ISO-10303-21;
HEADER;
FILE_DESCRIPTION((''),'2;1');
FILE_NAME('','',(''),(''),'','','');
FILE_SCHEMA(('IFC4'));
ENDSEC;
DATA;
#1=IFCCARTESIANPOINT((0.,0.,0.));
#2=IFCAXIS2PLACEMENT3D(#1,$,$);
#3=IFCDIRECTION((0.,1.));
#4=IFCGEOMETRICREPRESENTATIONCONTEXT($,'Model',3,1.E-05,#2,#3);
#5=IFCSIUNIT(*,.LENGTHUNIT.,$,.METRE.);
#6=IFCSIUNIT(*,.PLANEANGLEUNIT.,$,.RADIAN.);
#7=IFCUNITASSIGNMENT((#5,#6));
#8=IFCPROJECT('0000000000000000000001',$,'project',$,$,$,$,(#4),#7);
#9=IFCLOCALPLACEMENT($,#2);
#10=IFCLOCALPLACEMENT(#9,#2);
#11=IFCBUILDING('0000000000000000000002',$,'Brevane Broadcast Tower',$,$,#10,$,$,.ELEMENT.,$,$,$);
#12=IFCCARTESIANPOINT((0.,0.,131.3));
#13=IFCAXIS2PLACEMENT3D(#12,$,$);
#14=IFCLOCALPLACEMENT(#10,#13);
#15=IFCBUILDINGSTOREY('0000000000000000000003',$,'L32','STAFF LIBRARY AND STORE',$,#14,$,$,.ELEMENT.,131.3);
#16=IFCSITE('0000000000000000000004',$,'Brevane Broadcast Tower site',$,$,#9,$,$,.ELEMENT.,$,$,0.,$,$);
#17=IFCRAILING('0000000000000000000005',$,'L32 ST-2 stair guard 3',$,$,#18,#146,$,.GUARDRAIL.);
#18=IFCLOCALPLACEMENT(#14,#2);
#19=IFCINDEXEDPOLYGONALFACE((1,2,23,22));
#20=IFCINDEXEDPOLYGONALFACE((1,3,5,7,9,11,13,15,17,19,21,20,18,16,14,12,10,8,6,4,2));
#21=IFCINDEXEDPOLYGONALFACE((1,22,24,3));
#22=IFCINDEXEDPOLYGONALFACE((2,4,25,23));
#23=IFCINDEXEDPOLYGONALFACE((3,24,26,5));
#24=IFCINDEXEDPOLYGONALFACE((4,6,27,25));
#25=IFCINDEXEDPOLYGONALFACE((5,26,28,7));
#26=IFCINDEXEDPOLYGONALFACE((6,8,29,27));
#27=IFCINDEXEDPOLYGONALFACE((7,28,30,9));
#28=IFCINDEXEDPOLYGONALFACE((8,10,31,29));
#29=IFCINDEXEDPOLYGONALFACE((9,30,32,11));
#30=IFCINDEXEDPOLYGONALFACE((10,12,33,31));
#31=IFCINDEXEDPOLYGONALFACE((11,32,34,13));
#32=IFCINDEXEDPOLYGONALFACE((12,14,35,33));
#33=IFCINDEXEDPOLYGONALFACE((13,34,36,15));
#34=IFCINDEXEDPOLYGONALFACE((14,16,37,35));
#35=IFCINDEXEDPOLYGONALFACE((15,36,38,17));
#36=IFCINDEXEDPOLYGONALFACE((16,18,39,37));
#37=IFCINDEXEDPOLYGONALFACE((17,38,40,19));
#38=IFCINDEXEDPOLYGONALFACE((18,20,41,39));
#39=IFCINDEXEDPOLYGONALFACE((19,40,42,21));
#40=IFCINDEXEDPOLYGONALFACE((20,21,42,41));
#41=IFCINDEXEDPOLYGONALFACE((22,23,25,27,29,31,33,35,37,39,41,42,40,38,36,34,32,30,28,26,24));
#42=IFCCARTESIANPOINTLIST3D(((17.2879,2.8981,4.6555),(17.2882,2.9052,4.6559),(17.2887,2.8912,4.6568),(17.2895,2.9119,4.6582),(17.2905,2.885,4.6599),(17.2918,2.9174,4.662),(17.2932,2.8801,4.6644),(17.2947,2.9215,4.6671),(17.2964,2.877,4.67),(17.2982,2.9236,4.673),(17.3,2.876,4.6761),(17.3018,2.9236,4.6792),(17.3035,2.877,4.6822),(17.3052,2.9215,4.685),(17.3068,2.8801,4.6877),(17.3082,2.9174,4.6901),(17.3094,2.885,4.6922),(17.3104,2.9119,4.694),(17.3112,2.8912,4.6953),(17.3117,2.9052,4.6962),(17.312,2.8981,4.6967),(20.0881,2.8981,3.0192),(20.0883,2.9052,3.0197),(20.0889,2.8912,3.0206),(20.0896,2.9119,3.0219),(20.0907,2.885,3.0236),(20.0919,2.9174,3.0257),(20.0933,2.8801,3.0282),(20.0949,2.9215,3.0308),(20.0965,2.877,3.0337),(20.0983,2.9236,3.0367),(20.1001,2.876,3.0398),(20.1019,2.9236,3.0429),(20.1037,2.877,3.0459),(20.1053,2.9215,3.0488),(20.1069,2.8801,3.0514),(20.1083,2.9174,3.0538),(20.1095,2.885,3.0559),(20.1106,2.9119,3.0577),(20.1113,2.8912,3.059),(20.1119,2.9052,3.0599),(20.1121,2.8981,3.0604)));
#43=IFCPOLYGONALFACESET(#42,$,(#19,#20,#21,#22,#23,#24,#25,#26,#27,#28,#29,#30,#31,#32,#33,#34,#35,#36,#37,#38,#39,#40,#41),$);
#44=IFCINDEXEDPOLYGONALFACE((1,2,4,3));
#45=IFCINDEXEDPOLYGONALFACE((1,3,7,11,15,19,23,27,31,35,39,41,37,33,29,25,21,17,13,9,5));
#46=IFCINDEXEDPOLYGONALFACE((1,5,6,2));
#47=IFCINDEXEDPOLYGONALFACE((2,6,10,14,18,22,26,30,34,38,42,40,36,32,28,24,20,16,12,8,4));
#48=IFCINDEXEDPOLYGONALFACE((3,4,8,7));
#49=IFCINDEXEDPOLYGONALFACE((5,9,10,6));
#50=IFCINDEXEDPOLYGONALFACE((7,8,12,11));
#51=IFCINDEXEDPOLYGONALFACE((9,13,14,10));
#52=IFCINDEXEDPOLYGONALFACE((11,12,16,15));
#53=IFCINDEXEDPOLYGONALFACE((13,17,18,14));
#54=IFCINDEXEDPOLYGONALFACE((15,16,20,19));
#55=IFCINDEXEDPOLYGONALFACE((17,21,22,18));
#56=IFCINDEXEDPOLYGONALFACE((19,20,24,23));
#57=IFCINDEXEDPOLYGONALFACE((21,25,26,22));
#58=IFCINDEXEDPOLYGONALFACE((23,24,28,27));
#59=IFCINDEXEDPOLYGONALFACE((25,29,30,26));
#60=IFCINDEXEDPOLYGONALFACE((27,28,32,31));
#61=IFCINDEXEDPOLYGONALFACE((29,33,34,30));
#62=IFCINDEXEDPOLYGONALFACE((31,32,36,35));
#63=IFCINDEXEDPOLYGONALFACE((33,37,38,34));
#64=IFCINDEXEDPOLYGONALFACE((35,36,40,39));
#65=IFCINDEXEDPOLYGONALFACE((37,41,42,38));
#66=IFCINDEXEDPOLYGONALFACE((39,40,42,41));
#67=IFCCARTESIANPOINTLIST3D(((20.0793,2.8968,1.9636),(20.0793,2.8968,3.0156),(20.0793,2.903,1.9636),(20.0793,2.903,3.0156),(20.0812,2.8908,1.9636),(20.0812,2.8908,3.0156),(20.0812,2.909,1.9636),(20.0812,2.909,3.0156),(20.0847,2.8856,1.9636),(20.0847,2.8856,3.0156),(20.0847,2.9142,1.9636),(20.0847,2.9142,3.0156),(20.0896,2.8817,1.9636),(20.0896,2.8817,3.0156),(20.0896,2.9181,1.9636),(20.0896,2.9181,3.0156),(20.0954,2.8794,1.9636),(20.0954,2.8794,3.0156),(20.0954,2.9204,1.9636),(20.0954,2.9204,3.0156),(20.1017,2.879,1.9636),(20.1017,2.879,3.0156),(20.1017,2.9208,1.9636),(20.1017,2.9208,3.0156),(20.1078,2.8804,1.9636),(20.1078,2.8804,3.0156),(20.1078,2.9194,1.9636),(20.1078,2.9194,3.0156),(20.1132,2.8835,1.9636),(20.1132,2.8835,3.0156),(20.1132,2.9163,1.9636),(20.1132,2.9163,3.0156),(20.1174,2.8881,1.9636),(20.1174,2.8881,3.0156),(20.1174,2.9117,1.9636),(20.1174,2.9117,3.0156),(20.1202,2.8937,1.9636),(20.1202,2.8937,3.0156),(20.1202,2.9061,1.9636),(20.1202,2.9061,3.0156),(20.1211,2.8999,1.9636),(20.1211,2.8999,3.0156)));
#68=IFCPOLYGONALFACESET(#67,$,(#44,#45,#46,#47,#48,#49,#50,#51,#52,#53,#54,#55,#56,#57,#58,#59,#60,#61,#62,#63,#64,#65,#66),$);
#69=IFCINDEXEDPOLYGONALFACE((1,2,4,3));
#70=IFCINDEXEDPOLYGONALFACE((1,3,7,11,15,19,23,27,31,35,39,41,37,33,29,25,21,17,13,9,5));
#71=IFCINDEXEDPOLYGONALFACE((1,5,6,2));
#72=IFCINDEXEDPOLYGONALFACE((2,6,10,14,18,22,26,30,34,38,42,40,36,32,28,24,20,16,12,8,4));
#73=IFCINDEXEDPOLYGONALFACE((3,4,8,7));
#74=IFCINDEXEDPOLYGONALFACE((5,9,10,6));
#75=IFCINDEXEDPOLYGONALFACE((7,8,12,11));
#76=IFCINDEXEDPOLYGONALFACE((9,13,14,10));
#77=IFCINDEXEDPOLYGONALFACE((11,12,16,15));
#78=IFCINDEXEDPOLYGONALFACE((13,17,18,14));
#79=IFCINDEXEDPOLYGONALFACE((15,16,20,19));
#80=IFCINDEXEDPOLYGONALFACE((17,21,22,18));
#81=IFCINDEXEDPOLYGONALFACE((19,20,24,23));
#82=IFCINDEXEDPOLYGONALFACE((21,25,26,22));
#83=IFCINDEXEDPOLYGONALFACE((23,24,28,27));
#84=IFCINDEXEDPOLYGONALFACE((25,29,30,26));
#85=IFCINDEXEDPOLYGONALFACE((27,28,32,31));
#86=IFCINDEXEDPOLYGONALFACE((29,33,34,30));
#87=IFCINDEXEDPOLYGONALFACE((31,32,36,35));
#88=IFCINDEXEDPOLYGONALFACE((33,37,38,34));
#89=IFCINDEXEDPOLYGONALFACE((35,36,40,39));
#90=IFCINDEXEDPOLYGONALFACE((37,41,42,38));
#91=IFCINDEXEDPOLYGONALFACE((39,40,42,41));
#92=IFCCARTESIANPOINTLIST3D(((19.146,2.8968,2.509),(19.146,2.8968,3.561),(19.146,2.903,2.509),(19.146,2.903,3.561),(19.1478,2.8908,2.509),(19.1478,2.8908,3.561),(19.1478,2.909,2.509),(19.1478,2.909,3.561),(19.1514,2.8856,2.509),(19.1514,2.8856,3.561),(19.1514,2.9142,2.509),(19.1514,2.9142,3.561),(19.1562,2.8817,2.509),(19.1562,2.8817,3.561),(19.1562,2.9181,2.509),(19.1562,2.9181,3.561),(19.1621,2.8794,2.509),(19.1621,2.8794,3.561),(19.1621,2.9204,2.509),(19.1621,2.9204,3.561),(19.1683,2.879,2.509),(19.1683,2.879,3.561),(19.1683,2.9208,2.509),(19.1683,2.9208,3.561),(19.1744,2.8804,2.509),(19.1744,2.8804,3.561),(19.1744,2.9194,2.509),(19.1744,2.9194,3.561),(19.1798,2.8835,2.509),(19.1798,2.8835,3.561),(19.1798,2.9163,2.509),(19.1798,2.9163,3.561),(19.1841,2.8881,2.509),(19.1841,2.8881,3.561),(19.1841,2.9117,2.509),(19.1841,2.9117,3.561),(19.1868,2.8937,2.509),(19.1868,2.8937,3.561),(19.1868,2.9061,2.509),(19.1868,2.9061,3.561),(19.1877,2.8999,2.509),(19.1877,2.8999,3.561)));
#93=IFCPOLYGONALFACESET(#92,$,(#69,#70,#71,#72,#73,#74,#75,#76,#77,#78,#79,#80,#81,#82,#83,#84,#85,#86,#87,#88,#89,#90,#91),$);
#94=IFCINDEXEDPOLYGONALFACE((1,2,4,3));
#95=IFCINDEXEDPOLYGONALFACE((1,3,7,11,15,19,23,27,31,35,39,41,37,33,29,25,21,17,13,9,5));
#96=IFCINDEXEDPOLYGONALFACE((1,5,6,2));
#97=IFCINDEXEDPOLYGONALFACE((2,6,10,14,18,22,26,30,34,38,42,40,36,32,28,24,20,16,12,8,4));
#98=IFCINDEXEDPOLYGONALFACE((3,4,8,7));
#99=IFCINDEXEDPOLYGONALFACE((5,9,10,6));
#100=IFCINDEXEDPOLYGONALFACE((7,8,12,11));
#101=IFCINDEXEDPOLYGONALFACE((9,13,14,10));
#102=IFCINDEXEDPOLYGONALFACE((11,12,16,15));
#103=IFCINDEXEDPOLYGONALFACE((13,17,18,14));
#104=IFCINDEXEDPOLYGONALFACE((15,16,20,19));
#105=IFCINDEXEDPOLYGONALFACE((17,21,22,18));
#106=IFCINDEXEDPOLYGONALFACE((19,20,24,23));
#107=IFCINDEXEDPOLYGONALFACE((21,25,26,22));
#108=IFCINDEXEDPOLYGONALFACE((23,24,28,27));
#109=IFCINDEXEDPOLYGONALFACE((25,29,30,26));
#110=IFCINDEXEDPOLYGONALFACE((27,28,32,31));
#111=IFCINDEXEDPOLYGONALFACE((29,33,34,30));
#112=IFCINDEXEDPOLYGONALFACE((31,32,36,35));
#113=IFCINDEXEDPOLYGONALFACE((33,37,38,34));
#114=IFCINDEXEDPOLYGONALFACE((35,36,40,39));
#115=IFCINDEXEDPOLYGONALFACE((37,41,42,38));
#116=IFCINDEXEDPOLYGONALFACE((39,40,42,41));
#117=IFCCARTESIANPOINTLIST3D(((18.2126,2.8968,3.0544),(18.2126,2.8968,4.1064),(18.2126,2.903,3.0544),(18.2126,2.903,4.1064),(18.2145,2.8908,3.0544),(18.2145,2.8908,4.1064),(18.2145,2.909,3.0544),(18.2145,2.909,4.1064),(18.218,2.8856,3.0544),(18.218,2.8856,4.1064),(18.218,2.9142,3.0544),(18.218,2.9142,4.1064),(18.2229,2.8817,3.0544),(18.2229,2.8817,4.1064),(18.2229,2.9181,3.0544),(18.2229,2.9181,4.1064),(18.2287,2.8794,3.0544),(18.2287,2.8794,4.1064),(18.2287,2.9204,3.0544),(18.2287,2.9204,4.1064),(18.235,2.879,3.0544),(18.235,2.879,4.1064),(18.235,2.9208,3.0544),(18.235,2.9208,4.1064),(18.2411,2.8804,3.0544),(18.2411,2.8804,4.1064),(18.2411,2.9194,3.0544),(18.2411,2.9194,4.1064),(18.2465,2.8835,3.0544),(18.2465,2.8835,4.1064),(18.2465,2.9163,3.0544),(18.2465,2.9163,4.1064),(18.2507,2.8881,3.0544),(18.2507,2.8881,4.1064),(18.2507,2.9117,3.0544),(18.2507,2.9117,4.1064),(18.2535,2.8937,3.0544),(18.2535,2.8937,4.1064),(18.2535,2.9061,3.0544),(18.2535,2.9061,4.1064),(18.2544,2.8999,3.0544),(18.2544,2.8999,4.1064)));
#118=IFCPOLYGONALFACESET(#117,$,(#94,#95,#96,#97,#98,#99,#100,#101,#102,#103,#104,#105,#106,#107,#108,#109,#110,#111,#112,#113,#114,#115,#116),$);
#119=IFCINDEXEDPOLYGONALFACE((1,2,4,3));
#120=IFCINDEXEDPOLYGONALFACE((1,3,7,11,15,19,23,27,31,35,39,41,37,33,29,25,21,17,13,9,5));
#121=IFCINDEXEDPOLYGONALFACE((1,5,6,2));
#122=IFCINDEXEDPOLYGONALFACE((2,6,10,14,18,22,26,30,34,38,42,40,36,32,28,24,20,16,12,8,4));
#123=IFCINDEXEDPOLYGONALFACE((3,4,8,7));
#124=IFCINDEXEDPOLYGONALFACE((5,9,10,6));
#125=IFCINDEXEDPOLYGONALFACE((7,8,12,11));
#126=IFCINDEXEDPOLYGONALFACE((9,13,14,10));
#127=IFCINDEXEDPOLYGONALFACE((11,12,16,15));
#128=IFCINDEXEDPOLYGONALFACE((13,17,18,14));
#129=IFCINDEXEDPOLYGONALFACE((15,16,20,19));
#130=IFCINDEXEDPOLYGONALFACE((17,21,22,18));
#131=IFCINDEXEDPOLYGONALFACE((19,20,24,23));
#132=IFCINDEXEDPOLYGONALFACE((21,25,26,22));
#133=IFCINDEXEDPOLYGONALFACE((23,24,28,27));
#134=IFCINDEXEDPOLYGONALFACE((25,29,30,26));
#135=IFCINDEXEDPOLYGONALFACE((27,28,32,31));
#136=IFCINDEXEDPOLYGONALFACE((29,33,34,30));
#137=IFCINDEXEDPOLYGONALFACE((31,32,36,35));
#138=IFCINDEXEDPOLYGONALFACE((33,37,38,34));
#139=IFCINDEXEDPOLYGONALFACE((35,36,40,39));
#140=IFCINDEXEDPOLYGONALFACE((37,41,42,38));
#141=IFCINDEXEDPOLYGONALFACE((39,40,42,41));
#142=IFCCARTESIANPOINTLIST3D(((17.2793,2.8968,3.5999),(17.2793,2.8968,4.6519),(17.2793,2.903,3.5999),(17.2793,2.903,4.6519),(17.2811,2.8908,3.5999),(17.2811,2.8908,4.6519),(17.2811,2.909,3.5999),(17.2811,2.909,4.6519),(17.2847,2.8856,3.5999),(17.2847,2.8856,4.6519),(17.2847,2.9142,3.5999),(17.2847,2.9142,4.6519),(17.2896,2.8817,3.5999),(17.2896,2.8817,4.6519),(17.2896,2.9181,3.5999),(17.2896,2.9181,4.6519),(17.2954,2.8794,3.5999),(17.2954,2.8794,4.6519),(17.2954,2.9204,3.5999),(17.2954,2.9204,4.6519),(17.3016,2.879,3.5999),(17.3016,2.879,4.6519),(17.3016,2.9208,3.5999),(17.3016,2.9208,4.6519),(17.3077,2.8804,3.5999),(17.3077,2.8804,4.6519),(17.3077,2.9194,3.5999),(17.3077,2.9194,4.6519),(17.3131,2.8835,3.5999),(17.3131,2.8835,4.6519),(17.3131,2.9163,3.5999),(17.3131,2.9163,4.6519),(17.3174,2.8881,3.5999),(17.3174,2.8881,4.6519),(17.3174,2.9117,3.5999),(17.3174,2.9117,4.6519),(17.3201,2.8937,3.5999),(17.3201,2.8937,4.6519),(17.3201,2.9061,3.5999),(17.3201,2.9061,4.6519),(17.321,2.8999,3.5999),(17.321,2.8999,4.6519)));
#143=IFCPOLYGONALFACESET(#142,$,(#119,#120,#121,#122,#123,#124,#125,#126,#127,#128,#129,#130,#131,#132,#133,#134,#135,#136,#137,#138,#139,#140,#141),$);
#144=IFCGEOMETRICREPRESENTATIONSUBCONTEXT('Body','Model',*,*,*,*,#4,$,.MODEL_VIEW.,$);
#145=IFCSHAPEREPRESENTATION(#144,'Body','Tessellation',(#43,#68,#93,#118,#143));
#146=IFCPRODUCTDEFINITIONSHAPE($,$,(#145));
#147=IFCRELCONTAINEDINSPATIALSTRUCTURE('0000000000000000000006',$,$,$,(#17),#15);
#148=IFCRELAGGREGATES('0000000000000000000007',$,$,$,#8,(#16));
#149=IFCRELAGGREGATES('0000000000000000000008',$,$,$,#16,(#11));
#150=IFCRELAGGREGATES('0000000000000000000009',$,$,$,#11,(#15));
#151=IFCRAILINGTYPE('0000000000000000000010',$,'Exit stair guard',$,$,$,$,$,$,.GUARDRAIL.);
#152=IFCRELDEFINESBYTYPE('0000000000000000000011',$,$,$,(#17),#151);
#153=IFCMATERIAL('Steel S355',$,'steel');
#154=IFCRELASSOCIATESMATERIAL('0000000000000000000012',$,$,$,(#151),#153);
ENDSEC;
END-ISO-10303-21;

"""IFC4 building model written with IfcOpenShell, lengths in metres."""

from ifc_helpers import new_model, si_unit, direction, frame, origin, origin_2d, place, context, subcontext, project, spatial, circle, extrude, material, type_object, element, save


model = new_model("IFC4")

# Units and contexts
model_context = context("Model", 3, precision=1e-05, world=origin(), true_north=direction((0.0, 1.0)))
body_context = subcontext(model_context, "Body", "Model", "MODEL_VIEW")
ifc_project = project(units=[si_unit("LENGTHUNIT", "METRE"), si_unit("PLANEANGLEUNIT", "RADIAN")], contexts=[model_context])

# Site, building, storey
site_placement = place(None, origin())
site = spatial("IfcSite", under=ifc_project, at=site_placement, Name="Brevane Broadcast Tower site", CompositionType="ELEMENT", RefElevation=0.0)
building_placement = place(site_placement, origin())
building = spatial("IfcBuilding", under=site, at=building_placement, Name="Brevane Broadcast Tower", CompositionType="ELEMENT")
storey_placement = place(building_placement, frame((0.0, 0.0, 131.3)))
storey = spatial("IfcBuildingStorey", under=building, at=storey_placement, Name="L32", Description="STAFF LIBRARY AND STORE", CompositionType="ELEMENT", Elevation=131.3)

# Railing
ifc_material_1 = material(Name="Steel S355", Category="steel")
railing_type_1 = type_object("IfcRailingType", Name="Exit stair guard", PredefinedType="GUARDRAIL", material=ifc_material_1)
railing_1_placement = place(storey_placement, frame((20.1001, 2.8999, 1.9636)))
element("IfcRailing", 1, at=railing_1_placement, inside=storey, type_object=railing_type_1, Name="L32 ST-2 stair guard 3", PredefinedType="GUARDRAIL", context=body_context, shape_type="SweptSolid", body=[
    extrude(circle(Radius=0.0239, at=origin_2d()), frame((0.0, 0.0, 1.0762), z_axis=(-0.863394, 0.0, 0.504531), x_axis=(0.0, -1.0, 0.0)), (0.0, 0.0, 1.0), 3.2432),
    extrude(circle(Radius=0.021, at=origin_2d()), origin(), (0.0, 0.0, 1.0), 1.052),
    extrude(circle(Radius=0.021, at=origin_2d()), frame((-0.9333, 0.0, 0.5454)), (0.0, 0.0, 1.0), 1.052),
    extrude(circle(Radius=0.021, at=origin_2d()), frame((-1.8667, 0.0, 1.0908)), (0.0, 0.0, 1.0), 1.052),
    extrude(circle(Radius=0.021, at=origin_2d()), frame((-2.8, 0.0, 1.6362)), (0.0, 0.0, 1.0), 1.052),
])

save(model, "model.ifc")
